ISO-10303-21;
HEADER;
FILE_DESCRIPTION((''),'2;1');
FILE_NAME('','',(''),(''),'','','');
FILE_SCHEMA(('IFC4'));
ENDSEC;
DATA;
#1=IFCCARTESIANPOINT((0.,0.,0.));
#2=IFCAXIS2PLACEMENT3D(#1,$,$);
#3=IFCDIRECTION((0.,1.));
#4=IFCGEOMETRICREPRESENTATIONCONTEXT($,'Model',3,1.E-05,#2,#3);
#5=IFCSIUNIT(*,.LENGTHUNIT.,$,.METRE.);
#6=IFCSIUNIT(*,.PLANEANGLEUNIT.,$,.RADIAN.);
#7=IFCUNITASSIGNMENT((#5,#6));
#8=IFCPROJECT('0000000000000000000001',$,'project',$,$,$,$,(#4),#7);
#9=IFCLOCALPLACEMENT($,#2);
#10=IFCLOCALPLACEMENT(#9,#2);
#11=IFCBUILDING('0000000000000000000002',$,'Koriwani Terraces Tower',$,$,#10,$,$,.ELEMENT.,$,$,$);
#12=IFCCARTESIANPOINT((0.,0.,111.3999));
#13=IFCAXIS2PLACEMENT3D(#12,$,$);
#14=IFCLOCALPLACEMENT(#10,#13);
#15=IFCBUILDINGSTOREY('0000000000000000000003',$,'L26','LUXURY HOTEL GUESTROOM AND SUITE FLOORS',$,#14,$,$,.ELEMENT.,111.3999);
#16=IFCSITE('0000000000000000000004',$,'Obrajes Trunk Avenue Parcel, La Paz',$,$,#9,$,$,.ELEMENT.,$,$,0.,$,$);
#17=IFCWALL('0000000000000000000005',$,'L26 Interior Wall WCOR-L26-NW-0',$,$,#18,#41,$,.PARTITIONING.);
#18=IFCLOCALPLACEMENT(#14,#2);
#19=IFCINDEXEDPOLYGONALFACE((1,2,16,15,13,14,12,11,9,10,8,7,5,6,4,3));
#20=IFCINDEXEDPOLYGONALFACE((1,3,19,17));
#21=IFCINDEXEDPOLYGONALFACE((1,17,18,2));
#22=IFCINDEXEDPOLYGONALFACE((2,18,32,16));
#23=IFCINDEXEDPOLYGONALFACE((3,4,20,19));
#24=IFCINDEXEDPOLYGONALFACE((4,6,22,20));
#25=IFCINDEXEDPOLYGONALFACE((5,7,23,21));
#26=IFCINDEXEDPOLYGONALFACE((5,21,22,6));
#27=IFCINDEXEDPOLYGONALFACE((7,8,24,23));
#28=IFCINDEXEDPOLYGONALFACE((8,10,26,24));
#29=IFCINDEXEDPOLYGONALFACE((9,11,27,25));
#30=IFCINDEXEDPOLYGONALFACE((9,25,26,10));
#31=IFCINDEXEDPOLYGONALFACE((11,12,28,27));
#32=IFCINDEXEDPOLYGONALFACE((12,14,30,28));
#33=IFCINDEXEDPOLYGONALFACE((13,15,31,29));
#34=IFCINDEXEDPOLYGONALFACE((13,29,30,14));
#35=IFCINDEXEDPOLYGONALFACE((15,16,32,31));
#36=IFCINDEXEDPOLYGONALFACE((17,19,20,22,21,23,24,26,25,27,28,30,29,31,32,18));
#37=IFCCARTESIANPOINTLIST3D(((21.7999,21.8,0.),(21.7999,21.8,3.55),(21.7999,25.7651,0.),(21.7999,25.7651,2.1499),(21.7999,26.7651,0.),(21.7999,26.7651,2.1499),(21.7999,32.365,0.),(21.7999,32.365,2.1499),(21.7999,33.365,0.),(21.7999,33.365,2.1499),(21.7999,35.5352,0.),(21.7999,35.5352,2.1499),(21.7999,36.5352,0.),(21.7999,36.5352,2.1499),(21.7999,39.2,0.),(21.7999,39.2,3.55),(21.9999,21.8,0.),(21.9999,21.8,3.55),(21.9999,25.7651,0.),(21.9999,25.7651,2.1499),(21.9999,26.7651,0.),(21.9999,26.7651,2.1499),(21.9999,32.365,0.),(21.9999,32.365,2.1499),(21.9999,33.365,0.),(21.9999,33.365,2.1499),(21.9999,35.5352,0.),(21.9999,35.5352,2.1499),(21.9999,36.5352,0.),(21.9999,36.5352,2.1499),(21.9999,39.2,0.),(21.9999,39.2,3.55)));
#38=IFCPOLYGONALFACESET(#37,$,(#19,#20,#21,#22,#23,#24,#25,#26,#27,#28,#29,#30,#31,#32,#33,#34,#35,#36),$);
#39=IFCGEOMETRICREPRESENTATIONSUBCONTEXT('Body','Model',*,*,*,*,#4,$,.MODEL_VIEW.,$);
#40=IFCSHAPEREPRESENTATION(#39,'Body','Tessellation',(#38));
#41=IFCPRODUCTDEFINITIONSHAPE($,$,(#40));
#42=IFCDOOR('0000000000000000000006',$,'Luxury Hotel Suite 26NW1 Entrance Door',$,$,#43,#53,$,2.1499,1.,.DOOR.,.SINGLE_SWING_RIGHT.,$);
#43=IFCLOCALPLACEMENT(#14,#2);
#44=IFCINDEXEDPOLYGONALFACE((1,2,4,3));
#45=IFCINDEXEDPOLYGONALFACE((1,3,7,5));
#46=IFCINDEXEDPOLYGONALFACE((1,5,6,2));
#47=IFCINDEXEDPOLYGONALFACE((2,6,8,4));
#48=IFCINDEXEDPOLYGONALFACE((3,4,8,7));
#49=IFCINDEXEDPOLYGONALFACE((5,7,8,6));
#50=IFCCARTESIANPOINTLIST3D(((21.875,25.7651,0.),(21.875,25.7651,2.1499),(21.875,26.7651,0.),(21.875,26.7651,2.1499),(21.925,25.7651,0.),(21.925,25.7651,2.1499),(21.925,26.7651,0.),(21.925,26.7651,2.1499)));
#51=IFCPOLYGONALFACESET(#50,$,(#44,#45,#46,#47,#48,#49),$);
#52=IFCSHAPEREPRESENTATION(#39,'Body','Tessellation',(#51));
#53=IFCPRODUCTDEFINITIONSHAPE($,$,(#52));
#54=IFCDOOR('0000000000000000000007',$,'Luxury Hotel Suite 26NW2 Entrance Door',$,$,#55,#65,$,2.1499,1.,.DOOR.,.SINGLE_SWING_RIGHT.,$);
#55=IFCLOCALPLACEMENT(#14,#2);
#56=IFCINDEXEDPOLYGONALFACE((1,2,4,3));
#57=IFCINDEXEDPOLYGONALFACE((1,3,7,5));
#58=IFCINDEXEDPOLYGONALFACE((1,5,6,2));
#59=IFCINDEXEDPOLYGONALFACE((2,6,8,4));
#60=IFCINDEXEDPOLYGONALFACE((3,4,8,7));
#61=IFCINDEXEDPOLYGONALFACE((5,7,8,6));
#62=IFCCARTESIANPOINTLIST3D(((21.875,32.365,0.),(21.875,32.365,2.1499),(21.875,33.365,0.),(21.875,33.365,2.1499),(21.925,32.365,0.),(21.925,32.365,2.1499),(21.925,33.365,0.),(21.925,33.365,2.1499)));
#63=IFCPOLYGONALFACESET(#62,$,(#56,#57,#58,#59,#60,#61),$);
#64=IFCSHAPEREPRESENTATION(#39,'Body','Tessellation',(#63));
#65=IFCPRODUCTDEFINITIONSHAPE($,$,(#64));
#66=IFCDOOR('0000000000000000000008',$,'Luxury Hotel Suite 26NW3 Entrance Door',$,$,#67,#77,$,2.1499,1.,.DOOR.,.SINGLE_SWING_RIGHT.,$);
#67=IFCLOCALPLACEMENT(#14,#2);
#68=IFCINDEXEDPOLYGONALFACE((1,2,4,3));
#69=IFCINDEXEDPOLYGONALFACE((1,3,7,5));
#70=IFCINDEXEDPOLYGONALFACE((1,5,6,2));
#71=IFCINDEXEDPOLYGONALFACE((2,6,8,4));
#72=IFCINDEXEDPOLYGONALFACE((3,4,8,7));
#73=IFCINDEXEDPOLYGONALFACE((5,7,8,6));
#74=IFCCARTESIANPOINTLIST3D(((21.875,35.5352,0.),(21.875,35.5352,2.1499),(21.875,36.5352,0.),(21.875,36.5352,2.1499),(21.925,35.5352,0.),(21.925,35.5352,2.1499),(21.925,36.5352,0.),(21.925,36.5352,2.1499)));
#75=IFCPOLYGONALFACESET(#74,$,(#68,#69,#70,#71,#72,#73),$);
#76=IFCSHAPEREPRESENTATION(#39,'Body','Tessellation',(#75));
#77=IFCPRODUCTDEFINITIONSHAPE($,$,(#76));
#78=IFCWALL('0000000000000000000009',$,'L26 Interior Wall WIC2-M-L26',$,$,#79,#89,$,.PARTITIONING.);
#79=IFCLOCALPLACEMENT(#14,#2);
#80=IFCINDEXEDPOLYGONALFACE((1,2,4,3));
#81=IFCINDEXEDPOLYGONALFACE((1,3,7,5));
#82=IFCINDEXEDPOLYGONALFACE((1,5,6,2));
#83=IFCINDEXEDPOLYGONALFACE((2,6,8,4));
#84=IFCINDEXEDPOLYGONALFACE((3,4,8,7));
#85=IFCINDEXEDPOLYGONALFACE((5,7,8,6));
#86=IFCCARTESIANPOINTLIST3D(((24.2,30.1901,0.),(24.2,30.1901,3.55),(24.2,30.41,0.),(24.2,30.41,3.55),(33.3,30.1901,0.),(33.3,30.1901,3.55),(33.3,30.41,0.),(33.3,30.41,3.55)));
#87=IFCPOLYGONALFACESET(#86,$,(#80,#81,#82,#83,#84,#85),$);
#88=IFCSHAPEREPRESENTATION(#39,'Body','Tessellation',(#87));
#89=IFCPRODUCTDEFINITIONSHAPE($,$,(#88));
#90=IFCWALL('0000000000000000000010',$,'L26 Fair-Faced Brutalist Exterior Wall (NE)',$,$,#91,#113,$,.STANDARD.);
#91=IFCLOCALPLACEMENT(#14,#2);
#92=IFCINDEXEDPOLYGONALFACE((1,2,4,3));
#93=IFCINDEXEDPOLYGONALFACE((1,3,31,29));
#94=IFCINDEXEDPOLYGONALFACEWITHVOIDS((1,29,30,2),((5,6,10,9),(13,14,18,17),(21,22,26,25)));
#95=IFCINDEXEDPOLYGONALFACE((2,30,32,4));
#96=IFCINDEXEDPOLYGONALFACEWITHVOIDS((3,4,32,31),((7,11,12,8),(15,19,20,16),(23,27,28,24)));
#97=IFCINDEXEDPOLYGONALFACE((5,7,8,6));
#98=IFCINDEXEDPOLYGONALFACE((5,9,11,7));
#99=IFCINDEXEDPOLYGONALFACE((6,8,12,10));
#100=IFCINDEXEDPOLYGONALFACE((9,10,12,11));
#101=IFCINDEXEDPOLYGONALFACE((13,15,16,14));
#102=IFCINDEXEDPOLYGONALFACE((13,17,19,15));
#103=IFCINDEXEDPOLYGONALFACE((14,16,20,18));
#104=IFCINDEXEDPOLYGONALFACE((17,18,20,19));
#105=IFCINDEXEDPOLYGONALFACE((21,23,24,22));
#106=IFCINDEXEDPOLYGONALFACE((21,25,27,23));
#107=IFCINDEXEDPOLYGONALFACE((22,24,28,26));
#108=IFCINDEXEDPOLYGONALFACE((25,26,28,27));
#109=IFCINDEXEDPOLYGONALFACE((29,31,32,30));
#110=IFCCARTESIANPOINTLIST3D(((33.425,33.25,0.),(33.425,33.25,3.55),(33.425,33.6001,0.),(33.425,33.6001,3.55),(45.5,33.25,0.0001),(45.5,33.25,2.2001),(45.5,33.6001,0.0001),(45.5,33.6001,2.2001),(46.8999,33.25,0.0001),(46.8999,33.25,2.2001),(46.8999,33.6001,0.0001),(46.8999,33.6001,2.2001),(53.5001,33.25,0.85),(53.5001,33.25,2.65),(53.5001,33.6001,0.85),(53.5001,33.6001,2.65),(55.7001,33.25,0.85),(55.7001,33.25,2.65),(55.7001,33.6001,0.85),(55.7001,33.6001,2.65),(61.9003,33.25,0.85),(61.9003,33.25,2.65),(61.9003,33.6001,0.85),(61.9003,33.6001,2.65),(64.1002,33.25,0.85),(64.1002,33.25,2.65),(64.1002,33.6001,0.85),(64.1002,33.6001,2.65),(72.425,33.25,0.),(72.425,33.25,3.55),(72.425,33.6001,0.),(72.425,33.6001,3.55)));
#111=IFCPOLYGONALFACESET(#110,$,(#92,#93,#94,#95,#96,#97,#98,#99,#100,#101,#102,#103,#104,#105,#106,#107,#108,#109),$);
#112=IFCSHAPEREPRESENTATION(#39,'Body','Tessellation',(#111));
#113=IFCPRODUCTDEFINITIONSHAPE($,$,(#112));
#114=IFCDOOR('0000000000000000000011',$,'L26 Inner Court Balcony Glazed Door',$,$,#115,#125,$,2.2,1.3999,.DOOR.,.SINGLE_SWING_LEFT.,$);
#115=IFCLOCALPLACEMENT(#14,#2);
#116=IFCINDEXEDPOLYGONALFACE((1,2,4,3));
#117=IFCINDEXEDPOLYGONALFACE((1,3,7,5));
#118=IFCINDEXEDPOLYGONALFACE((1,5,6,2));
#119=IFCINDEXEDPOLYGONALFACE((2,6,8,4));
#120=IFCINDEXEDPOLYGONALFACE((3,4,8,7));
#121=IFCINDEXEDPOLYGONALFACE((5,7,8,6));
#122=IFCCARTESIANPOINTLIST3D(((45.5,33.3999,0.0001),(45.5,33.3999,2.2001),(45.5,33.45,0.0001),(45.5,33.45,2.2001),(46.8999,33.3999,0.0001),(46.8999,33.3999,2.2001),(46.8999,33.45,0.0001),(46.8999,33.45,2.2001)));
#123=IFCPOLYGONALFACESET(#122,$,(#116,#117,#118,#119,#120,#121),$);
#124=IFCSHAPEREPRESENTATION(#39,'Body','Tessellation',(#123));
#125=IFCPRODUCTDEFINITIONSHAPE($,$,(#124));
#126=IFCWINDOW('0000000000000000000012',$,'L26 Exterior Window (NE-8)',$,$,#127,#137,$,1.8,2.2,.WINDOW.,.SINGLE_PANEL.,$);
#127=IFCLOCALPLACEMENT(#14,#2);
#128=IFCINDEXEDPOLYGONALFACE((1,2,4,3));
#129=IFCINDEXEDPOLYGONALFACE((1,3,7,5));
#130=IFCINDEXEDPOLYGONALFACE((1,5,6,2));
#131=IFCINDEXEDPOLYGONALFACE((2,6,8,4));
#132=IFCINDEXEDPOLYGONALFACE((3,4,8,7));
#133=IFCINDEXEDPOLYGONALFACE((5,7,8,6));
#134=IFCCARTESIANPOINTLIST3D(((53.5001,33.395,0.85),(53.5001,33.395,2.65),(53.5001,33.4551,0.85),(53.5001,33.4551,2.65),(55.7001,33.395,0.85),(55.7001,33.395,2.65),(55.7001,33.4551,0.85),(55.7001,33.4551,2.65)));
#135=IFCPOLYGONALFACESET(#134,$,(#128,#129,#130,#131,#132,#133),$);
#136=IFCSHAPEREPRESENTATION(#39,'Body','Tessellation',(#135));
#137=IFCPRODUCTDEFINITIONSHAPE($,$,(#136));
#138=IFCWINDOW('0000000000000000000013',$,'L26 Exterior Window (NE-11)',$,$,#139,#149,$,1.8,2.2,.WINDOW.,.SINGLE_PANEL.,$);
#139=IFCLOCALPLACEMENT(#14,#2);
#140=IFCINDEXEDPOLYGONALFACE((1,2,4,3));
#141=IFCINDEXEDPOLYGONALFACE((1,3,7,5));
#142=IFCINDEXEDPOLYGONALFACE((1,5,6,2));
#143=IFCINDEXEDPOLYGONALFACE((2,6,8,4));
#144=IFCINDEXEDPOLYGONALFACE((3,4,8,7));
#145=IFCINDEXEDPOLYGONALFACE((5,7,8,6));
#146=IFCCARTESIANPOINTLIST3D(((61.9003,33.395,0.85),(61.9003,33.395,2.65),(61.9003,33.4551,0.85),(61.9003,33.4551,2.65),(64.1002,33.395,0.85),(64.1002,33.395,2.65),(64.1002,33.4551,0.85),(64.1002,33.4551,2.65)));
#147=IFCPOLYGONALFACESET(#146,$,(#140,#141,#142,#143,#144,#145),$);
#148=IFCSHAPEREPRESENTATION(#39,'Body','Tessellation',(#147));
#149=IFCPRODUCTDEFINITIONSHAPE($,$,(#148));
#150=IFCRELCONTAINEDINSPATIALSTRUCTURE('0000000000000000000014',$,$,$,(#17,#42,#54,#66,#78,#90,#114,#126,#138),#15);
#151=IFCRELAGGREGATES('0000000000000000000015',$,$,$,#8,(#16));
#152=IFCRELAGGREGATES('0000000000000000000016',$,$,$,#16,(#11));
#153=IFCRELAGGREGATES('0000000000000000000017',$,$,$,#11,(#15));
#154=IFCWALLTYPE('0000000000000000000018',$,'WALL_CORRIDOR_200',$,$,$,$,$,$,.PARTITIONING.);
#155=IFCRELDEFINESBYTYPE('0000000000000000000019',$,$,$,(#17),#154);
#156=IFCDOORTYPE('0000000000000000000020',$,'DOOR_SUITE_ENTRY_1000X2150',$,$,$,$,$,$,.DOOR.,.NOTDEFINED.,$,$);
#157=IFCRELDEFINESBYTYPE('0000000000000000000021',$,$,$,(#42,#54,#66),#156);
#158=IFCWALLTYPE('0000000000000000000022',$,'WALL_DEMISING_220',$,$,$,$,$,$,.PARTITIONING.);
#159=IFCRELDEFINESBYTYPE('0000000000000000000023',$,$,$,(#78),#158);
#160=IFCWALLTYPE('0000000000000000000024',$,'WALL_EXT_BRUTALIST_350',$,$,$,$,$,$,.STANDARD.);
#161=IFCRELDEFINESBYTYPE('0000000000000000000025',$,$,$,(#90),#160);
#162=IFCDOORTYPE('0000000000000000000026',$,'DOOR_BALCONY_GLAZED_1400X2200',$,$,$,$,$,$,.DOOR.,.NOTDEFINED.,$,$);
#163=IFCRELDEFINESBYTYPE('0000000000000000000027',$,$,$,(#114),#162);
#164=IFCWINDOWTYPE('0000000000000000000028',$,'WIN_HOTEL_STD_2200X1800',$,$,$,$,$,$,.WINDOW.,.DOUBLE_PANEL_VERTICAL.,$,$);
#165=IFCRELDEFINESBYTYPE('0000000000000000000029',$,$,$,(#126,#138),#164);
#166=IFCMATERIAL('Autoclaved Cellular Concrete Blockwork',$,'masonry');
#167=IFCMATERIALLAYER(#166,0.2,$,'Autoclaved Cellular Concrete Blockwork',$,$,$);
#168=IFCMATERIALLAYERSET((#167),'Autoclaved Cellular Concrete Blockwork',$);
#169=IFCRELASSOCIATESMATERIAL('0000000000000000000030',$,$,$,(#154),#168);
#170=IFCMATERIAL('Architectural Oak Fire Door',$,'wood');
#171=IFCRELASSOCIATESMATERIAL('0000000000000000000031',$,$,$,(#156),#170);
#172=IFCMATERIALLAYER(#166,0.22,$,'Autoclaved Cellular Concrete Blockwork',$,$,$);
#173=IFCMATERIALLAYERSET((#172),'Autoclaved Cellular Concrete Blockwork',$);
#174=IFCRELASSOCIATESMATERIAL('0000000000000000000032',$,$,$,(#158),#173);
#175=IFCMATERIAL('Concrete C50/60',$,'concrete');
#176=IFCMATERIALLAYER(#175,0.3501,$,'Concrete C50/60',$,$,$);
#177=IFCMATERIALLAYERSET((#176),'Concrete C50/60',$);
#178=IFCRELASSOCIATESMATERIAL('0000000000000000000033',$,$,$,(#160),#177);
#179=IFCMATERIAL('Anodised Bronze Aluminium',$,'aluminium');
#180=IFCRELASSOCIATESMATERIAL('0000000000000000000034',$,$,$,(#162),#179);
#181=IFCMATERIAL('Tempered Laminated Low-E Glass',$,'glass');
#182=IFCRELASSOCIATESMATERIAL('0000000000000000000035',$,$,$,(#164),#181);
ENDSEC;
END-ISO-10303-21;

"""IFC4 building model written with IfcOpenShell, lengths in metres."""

from ifc_helpers import new_model, si_unit, direction, frame, frame_2d, origin, place, context, subcontext, project, spatial, rectangle, extrude, material, layer, layer_set, type_object, element, fill, save


model = new_model("IFC4")

# Units and contexts
model_context = context("Model", 3, precision=1e-05, world=origin(), true_north=direction((0.0, 1.0)))
body_context = subcontext(model_context, "Body", "Model", "MODEL_VIEW")
ifc_project = project(units=[si_unit("LENGTHUNIT", "METRE"), si_unit("PLANEANGLEUNIT", "RADIAN")], contexts=[model_context])

# Site, building, storey
site_placement = place(None, origin())
site = spatial("IfcSite", under=ifc_project, at=site_placement, Name="Obrajes Trunk Avenue Parcel, La Paz", CompositionType="ELEMENT", RefElevation=0.0)
building_placement = place(site_placement, origin())
building = spatial("IfcBuilding", under=site, at=building_placement, Name="Koriwani Terraces Tower", CompositionType="ELEMENT")
storey_placement = place(building_placement, frame((0.0, 0.0, 111.3999)))
storey = spatial("IfcBuildingStorey", under=building, at=storey_placement, Name="L26", Description="LUXURY HOTEL GUESTROOM AND SUITE FLOORS", CompositionType="ELEMENT", Elevation=111.3999)

# Shared definitions
ifc_material_1 = material(Name="Concrete C50/60", Category="concrete")

# Shared definitions
ifc_material_2 = material(Name="Autoclaved Cellular Concrete Blockwork", Category="masonry")
ifc_layer_1 = layer(ifc_material_2, 0.2, Name="Autoclaved Cellular Concrete Blockwork")
ifc_layer_set_1 = layer_set([ifc_layer_1], Name="Autoclaved Cellular Concrete Blockwork")
wall_type_1 = type_object("IfcWallType", Name="WALL_CORRIDOR_200", PredefinedType="PARTITIONING", material=ifc_layer_set_1)
ifc_material_3 = material(Name="Architectural Oak Fire Door", Category="wood")

# Wall, openings, doors
wall_1_placement = place(storey_placement, frame((21.8999, 21.8, 0.0), z_axis=(0.0, 0.0, 1.0), x_axis=(0.0, 1.0, 0.0)))
wall_1 = element("IfcWall", 1, at=wall_1_placement, inside=storey, type_object=wall_type_1, Name="L26 Interior Wall WCOR-L26-NW-0", PredefinedType="PARTITIONING", context=body_context, shape_type="SweptSolid", body=[
    extrude(rectangle(XDim=17.3999, YDim=0.2, at=frame_2d((8.7, 0.0))), origin(), (0.0, 0.0, 1.0), 3.55),
])
opening_1_placement = place(wall_1_placement, frame((3.9651, 0.0, 0.0)))
opening_1 = element("IfcOpeningElement", 2, at=opening_1_placement, cuts=wall_1, PredefinedType="OPENING", context=body_context, shape_type="SweptSolid", body=[
    extrude(rectangle(XDim=1.0, YDim=2.1499, at=frame_2d((0.5, 1.075))), frame((0.0, 0.1099, 0.0), z_axis=(0.0, -1.0, 0.0), x_axis=(1.0, 0.0, 0.0)), (0.0, 0.0, 1.0), 0.22),
])
opening_2_placement = place(wall_1_placement, frame((10.5649, 0.0, 0.0)))
opening_2 = element("IfcOpeningElement", 3, at=opening_2_placement, cuts=wall_1, PredefinedType="OPENING", context=body_context, shape_type="SweptSolid", body=[
    extrude(rectangle(XDim=1.0, YDim=2.1499, at=frame_2d((0.5, 1.075))), frame((0.0, 0.1099, 0.0), z_axis=(0.0, -1.0, 0.0), x_axis=(1.0, 0.0, 0.0)), (0.0, 0.0, 1.0), 0.22),
])
opening_3_placement = place(wall_1_placement, frame((13.7351, 0.0, 0.0)))
opening_3 = element("IfcOpeningElement", 4, at=opening_3_placement, cuts=wall_1, PredefinedType="OPENING", context=body_context, shape_type="SweptSolid", body=[
    extrude(rectangle(XDim=1.0, YDim=2.1499, at=frame_2d((0.5, 1.075))), frame((0.0, 0.1099, 0.0), z_axis=(0.0, -1.0, 0.0), x_axis=(1.0, 0.0, 0.0)), (0.0, 0.0, 1.0), 0.22),
])
door_type_1 = type_object("IfcDoorType", Name="DOOR_SUITE_ENTRY_1000X2150", OperationType="NOTDEFINED", PredefinedType="DOOR", material=ifc_material_3)
door_1_placement = place(opening_1_placement, origin())
door_1 = element("IfcDoor", 5, at=door_1_placement, inside=storey, type_object=door_type_1, Name="Luxury Hotel Suite 26NW1 Entrance Door", OperationType="SINGLE_SWING_RIGHT", OverallHeight=2.1499, OverallWidth=1.0, PredefinedType="DOOR", context=body_context, shape_type="SweptSolid", body=[
    extrude(rectangle(XDim=1.0, YDim=2.1499, at=frame_2d((0.5, 1.075))), frame((0.0, 0.0249, 0.0), z_axis=(0.0, -1.0, 0.0), x_axis=(1.0, 0.0, 0.0)), (0.0, 0.0, 1.0), 0.05),
])
fill(opening_1, door_1)
door_2_placement = place(opening_2_placement, origin())
door_2 = element("IfcDoor", 6, at=door_2_placement, inside=storey, type_object=door_type_1, Name="Luxury Hotel Suite 26NW2 Entrance Door", OperationType="SINGLE_SWING_RIGHT", OverallHeight=2.1499, OverallWidth=1.0, PredefinedType="DOOR", context=body_context, shape_type="SweptSolid", body=[
    extrude(rectangle(XDim=1.0, YDim=2.1499, at=frame_2d((0.5, 1.075))), frame((0.0, 0.0249, 0.0), z_axis=(0.0, -1.0, 0.0), x_axis=(1.0, 0.0, 0.0)), (0.0, 0.0, 1.0), 0.05),
])
fill(opening_2, door_2)
door_3_placement = place(opening_3_placement, origin())
door_3 = element("IfcDoor", 7, at=door_3_placement, inside=storey, type_object=door_type_1, Name="Luxury Hotel Suite 26NW3 Entrance Door", OperationType="SINGLE_SWING_RIGHT", OverallHeight=2.1499, OverallWidth=1.0, PredefinedType="DOOR", context=body_context, shape_type="SweptSolid", body=[
    extrude(rectangle(XDim=1.0, YDim=2.1499, at=frame_2d((0.5, 1.075))), frame((0.0, 0.0249, 0.0), z_axis=(0.0, -1.0, 0.0), x_axis=(1.0, 0.0, 0.0)), (0.0, 0.0, 1.0), 0.05),
])
fill(opening_3, door_3)

# Wall
ifc_layer_2 = layer(ifc_material_2, 0.22, Name="Autoclaved Cellular Concrete Blockwork")
ifc_layer_set_2 = layer_set([ifc_layer_2], Name="Autoclaved Cellular Concrete Blockwork")
wall_type_2 = type_object("IfcWallType", Name="WALL_DEMISING_220", PredefinedType="PARTITIONING", material=ifc_layer_set_2)
wall_2_placement = place(storey_placement, frame((24.2, 30.3, 0.0), z_axis=(0.0, 0.0, 1.0), x_axis=(1.0, 0.0, 0.0)))
element("IfcWall", 8, at=wall_2_placement, inside=storey, type_object=wall_type_2, Name="L26 Interior Wall WIC2-M-L26", PredefinedType="PARTITIONING", context=body_context, shape_type="SweptSolid", body=[
    extrude(rectangle(XDim=9.1001, YDim=0.22, at=frame_2d((4.55, 0.0))), origin(), (0.0, 0.0, 1.0), 3.55),
])

# Wall, openings, door, windows
ifc_layer_3 = layer(ifc_material_1, 0.3501, Name="Concrete C50/60")
ifc_layer_set_3 = layer_set([ifc_layer_3], Name="Concrete C50/60")
wall_type_3 = type_object("IfcWallType", Name="WALL_EXT_BRUTALIST_350", PredefinedType="STANDARD", material=ifc_layer_set_3)
wall_3_placement = place(storey_placement, frame((33.425, 33.425, 0.0), z_axis=(0.0, 0.0, 1.0), x_axis=(1.0, 0.0, 0.0)))
wall_3 = element("IfcWall", 9, at=wall_3_placement, inside=storey, type_object=wall_type_3, Name="L26 Fair-Faced Brutalist Exterior Wall (NE)", PredefinedType="STANDARD", context=body_context, shape_type="SweptSolid", body=[
    extrude(rectangle(XDim=39.0, YDim=0.3501, at=frame_2d((19.5, 0.0))), origin(), (0.0, 0.0, 1.0), 3.55),
])
opening_4_placement = place(wall_3_placement, frame((12.075, 0.0, 0.0)))
opening_4 = element("IfcOpeningElement", 10, at=opening_4_placement, cuts=wall_3, PredefinedType="OPENING", context=body_context, shape_type="SweptSolid", body=[
    extrude(rectangle(XDim=1.3999, YDim=2.2, at=frame_2d((0.7, 1.1001))), frame((0.0, 0.1851, 0.0), z_axis=(0.0, -1.0, 0.0), x_axis=(1.0, 0.0, 0.0)), (0.0, 0.0, 1.0), 0.3701),
])
opening_5_placement = place(wall_3_placement, frame((20.075, 0.0, 0.8501)))
opening_5 = element("IfcOpeningElement", 11, at=opening_5_placement, cuts=wall_3, PredefinedType="OPENING", context=body_context, shape_type="SweptSolid", body=[
    extrude(rectangle(XDim=2.2, YDim=1.8, at=frame_2d((1.1001, 0.8999))), frame((0.0, 0.1851, 0.0), z_axis=(0.0, -1.0, 0.0), x_axis=(1.0, 0.0, 0.0)), (0.0, 0.0, 1.0), 0.3701),
])
opening_6_placement = place(wall_3_placement, frame((28.4751, 0.0, 0.8501)))
opening_6 = element("IfcOpeningElement", 12, at=opening_6_placement, cuts=wall_3, PredefinedType="OPENING", context=body_context, shape_type="SweptSolid", body=[
    extrude(rectangle(XDim=2.2, YDim=1.8, at=frame_2d((1.1001, 0.8999))), frame((0.0, 0.1851, 0.0), z_axis=(0.0, -1.0, 0.0), x_axis=(1.0, 0.0, 0.0)), (0.0, 0.0, 1.0), 0.3701),
])
ifc_material_4 = material(Name="Anodised Bronze Aluminium", Category="aluminium")
door_type_2 = type_object("IfcDoorType", Name="DOOR_BALCONY_GLAZED_1400X2200", OperationType="NOTDEFINED", PredefinedType="DOOR", material=ifc_material_4)
door_4_placement = place(opening_4_placement, origin())
door_4 = element("IfcDoor", 13, at=door_4_placement, inside=storey, type_object=door_type_2, Name="L26 Inner Court Balcony Glazed Door", OperationType="SINGLE_SWING_LEFT", OverallHeight=2.2, OverallWidth=1.3999, PredefinedType="DOOR", context=body_context, shape_type="SweptSolid", body=[
    extrude(rectangle(XDim=1.3999, YDim=2.2, at=frame_2d((0.7, 1.1001))), frame((0.0, 0.0249, 0.0), z_axis=(0.0, -1.0, 0.0), x_axis=(1.0, 0.0, 0.0)), (0.0, 0.0, 1.0), 0.05),
])
fill(opening_4, door_4)
ifc_material_5 = material(Name="Tempered Laminated Low-E Glass", Category="glass")
window_type = type_object("IfcWindowType", Name="WIN_HOTEL_STD_2200X1800", PartitioningType="DOUBLE_PANEL_VERTICAL", PredefinedType="WINDOW", material=ifc_material_5)
window_1_placement = place(opening_5_placement, origin())
window_1 = element("IfcWindow", 14, at=window_1_placement, inside=storey, type_object=window_type, Name="L26 Exterior Window (NE-8)", OverallHeight=1.8, OverallWidth=2.2, PartitioningType="SINGLE_PANEL", PredefinedType="WINDOW", context=body_context, shape_type="SweptSolid", body=[
    extrude(rectangle(XDim=2.2, YDim=1.8, at=frame_2d((1.1001, 0.8999))), frame((0.0, 0.03, 0.0), z_axis=(0.0, -1.0, 0.0), x_axis=(1.0, 0.0, 0.0)), (0.0, 0.0, 1.0), 0.0601),
])
fill(opening_5, window_1)
window_2_placement = place(opening_6_placement, origin())
window_2 = element("IfcWindow", 15, at=window_2_placement, inside=storey, type_object=window_type, Name="L26 Exterior Window (NE-11)", OverallHeight=1.8, OverallWidth=2.2, PartitioningType="SINGLE_PANEL", PredefinedType="WINDOW", context=body_context, shape_type="SweptSolid", body=[
    extrude(rectangle(XDim=2.2, YDim=1.8, at=frame_2d((1.1001, 0.8999))), frame((0.0, 0.03, 0.0), z_axis=(0.0, -1.0, 0.0), x_axis=(1.0, 0.0, 0.0)), (0.0, 0.0, 1.0), 0.0601),
])
fill(opening_6, window_2)

save(model, "model.ifc")
